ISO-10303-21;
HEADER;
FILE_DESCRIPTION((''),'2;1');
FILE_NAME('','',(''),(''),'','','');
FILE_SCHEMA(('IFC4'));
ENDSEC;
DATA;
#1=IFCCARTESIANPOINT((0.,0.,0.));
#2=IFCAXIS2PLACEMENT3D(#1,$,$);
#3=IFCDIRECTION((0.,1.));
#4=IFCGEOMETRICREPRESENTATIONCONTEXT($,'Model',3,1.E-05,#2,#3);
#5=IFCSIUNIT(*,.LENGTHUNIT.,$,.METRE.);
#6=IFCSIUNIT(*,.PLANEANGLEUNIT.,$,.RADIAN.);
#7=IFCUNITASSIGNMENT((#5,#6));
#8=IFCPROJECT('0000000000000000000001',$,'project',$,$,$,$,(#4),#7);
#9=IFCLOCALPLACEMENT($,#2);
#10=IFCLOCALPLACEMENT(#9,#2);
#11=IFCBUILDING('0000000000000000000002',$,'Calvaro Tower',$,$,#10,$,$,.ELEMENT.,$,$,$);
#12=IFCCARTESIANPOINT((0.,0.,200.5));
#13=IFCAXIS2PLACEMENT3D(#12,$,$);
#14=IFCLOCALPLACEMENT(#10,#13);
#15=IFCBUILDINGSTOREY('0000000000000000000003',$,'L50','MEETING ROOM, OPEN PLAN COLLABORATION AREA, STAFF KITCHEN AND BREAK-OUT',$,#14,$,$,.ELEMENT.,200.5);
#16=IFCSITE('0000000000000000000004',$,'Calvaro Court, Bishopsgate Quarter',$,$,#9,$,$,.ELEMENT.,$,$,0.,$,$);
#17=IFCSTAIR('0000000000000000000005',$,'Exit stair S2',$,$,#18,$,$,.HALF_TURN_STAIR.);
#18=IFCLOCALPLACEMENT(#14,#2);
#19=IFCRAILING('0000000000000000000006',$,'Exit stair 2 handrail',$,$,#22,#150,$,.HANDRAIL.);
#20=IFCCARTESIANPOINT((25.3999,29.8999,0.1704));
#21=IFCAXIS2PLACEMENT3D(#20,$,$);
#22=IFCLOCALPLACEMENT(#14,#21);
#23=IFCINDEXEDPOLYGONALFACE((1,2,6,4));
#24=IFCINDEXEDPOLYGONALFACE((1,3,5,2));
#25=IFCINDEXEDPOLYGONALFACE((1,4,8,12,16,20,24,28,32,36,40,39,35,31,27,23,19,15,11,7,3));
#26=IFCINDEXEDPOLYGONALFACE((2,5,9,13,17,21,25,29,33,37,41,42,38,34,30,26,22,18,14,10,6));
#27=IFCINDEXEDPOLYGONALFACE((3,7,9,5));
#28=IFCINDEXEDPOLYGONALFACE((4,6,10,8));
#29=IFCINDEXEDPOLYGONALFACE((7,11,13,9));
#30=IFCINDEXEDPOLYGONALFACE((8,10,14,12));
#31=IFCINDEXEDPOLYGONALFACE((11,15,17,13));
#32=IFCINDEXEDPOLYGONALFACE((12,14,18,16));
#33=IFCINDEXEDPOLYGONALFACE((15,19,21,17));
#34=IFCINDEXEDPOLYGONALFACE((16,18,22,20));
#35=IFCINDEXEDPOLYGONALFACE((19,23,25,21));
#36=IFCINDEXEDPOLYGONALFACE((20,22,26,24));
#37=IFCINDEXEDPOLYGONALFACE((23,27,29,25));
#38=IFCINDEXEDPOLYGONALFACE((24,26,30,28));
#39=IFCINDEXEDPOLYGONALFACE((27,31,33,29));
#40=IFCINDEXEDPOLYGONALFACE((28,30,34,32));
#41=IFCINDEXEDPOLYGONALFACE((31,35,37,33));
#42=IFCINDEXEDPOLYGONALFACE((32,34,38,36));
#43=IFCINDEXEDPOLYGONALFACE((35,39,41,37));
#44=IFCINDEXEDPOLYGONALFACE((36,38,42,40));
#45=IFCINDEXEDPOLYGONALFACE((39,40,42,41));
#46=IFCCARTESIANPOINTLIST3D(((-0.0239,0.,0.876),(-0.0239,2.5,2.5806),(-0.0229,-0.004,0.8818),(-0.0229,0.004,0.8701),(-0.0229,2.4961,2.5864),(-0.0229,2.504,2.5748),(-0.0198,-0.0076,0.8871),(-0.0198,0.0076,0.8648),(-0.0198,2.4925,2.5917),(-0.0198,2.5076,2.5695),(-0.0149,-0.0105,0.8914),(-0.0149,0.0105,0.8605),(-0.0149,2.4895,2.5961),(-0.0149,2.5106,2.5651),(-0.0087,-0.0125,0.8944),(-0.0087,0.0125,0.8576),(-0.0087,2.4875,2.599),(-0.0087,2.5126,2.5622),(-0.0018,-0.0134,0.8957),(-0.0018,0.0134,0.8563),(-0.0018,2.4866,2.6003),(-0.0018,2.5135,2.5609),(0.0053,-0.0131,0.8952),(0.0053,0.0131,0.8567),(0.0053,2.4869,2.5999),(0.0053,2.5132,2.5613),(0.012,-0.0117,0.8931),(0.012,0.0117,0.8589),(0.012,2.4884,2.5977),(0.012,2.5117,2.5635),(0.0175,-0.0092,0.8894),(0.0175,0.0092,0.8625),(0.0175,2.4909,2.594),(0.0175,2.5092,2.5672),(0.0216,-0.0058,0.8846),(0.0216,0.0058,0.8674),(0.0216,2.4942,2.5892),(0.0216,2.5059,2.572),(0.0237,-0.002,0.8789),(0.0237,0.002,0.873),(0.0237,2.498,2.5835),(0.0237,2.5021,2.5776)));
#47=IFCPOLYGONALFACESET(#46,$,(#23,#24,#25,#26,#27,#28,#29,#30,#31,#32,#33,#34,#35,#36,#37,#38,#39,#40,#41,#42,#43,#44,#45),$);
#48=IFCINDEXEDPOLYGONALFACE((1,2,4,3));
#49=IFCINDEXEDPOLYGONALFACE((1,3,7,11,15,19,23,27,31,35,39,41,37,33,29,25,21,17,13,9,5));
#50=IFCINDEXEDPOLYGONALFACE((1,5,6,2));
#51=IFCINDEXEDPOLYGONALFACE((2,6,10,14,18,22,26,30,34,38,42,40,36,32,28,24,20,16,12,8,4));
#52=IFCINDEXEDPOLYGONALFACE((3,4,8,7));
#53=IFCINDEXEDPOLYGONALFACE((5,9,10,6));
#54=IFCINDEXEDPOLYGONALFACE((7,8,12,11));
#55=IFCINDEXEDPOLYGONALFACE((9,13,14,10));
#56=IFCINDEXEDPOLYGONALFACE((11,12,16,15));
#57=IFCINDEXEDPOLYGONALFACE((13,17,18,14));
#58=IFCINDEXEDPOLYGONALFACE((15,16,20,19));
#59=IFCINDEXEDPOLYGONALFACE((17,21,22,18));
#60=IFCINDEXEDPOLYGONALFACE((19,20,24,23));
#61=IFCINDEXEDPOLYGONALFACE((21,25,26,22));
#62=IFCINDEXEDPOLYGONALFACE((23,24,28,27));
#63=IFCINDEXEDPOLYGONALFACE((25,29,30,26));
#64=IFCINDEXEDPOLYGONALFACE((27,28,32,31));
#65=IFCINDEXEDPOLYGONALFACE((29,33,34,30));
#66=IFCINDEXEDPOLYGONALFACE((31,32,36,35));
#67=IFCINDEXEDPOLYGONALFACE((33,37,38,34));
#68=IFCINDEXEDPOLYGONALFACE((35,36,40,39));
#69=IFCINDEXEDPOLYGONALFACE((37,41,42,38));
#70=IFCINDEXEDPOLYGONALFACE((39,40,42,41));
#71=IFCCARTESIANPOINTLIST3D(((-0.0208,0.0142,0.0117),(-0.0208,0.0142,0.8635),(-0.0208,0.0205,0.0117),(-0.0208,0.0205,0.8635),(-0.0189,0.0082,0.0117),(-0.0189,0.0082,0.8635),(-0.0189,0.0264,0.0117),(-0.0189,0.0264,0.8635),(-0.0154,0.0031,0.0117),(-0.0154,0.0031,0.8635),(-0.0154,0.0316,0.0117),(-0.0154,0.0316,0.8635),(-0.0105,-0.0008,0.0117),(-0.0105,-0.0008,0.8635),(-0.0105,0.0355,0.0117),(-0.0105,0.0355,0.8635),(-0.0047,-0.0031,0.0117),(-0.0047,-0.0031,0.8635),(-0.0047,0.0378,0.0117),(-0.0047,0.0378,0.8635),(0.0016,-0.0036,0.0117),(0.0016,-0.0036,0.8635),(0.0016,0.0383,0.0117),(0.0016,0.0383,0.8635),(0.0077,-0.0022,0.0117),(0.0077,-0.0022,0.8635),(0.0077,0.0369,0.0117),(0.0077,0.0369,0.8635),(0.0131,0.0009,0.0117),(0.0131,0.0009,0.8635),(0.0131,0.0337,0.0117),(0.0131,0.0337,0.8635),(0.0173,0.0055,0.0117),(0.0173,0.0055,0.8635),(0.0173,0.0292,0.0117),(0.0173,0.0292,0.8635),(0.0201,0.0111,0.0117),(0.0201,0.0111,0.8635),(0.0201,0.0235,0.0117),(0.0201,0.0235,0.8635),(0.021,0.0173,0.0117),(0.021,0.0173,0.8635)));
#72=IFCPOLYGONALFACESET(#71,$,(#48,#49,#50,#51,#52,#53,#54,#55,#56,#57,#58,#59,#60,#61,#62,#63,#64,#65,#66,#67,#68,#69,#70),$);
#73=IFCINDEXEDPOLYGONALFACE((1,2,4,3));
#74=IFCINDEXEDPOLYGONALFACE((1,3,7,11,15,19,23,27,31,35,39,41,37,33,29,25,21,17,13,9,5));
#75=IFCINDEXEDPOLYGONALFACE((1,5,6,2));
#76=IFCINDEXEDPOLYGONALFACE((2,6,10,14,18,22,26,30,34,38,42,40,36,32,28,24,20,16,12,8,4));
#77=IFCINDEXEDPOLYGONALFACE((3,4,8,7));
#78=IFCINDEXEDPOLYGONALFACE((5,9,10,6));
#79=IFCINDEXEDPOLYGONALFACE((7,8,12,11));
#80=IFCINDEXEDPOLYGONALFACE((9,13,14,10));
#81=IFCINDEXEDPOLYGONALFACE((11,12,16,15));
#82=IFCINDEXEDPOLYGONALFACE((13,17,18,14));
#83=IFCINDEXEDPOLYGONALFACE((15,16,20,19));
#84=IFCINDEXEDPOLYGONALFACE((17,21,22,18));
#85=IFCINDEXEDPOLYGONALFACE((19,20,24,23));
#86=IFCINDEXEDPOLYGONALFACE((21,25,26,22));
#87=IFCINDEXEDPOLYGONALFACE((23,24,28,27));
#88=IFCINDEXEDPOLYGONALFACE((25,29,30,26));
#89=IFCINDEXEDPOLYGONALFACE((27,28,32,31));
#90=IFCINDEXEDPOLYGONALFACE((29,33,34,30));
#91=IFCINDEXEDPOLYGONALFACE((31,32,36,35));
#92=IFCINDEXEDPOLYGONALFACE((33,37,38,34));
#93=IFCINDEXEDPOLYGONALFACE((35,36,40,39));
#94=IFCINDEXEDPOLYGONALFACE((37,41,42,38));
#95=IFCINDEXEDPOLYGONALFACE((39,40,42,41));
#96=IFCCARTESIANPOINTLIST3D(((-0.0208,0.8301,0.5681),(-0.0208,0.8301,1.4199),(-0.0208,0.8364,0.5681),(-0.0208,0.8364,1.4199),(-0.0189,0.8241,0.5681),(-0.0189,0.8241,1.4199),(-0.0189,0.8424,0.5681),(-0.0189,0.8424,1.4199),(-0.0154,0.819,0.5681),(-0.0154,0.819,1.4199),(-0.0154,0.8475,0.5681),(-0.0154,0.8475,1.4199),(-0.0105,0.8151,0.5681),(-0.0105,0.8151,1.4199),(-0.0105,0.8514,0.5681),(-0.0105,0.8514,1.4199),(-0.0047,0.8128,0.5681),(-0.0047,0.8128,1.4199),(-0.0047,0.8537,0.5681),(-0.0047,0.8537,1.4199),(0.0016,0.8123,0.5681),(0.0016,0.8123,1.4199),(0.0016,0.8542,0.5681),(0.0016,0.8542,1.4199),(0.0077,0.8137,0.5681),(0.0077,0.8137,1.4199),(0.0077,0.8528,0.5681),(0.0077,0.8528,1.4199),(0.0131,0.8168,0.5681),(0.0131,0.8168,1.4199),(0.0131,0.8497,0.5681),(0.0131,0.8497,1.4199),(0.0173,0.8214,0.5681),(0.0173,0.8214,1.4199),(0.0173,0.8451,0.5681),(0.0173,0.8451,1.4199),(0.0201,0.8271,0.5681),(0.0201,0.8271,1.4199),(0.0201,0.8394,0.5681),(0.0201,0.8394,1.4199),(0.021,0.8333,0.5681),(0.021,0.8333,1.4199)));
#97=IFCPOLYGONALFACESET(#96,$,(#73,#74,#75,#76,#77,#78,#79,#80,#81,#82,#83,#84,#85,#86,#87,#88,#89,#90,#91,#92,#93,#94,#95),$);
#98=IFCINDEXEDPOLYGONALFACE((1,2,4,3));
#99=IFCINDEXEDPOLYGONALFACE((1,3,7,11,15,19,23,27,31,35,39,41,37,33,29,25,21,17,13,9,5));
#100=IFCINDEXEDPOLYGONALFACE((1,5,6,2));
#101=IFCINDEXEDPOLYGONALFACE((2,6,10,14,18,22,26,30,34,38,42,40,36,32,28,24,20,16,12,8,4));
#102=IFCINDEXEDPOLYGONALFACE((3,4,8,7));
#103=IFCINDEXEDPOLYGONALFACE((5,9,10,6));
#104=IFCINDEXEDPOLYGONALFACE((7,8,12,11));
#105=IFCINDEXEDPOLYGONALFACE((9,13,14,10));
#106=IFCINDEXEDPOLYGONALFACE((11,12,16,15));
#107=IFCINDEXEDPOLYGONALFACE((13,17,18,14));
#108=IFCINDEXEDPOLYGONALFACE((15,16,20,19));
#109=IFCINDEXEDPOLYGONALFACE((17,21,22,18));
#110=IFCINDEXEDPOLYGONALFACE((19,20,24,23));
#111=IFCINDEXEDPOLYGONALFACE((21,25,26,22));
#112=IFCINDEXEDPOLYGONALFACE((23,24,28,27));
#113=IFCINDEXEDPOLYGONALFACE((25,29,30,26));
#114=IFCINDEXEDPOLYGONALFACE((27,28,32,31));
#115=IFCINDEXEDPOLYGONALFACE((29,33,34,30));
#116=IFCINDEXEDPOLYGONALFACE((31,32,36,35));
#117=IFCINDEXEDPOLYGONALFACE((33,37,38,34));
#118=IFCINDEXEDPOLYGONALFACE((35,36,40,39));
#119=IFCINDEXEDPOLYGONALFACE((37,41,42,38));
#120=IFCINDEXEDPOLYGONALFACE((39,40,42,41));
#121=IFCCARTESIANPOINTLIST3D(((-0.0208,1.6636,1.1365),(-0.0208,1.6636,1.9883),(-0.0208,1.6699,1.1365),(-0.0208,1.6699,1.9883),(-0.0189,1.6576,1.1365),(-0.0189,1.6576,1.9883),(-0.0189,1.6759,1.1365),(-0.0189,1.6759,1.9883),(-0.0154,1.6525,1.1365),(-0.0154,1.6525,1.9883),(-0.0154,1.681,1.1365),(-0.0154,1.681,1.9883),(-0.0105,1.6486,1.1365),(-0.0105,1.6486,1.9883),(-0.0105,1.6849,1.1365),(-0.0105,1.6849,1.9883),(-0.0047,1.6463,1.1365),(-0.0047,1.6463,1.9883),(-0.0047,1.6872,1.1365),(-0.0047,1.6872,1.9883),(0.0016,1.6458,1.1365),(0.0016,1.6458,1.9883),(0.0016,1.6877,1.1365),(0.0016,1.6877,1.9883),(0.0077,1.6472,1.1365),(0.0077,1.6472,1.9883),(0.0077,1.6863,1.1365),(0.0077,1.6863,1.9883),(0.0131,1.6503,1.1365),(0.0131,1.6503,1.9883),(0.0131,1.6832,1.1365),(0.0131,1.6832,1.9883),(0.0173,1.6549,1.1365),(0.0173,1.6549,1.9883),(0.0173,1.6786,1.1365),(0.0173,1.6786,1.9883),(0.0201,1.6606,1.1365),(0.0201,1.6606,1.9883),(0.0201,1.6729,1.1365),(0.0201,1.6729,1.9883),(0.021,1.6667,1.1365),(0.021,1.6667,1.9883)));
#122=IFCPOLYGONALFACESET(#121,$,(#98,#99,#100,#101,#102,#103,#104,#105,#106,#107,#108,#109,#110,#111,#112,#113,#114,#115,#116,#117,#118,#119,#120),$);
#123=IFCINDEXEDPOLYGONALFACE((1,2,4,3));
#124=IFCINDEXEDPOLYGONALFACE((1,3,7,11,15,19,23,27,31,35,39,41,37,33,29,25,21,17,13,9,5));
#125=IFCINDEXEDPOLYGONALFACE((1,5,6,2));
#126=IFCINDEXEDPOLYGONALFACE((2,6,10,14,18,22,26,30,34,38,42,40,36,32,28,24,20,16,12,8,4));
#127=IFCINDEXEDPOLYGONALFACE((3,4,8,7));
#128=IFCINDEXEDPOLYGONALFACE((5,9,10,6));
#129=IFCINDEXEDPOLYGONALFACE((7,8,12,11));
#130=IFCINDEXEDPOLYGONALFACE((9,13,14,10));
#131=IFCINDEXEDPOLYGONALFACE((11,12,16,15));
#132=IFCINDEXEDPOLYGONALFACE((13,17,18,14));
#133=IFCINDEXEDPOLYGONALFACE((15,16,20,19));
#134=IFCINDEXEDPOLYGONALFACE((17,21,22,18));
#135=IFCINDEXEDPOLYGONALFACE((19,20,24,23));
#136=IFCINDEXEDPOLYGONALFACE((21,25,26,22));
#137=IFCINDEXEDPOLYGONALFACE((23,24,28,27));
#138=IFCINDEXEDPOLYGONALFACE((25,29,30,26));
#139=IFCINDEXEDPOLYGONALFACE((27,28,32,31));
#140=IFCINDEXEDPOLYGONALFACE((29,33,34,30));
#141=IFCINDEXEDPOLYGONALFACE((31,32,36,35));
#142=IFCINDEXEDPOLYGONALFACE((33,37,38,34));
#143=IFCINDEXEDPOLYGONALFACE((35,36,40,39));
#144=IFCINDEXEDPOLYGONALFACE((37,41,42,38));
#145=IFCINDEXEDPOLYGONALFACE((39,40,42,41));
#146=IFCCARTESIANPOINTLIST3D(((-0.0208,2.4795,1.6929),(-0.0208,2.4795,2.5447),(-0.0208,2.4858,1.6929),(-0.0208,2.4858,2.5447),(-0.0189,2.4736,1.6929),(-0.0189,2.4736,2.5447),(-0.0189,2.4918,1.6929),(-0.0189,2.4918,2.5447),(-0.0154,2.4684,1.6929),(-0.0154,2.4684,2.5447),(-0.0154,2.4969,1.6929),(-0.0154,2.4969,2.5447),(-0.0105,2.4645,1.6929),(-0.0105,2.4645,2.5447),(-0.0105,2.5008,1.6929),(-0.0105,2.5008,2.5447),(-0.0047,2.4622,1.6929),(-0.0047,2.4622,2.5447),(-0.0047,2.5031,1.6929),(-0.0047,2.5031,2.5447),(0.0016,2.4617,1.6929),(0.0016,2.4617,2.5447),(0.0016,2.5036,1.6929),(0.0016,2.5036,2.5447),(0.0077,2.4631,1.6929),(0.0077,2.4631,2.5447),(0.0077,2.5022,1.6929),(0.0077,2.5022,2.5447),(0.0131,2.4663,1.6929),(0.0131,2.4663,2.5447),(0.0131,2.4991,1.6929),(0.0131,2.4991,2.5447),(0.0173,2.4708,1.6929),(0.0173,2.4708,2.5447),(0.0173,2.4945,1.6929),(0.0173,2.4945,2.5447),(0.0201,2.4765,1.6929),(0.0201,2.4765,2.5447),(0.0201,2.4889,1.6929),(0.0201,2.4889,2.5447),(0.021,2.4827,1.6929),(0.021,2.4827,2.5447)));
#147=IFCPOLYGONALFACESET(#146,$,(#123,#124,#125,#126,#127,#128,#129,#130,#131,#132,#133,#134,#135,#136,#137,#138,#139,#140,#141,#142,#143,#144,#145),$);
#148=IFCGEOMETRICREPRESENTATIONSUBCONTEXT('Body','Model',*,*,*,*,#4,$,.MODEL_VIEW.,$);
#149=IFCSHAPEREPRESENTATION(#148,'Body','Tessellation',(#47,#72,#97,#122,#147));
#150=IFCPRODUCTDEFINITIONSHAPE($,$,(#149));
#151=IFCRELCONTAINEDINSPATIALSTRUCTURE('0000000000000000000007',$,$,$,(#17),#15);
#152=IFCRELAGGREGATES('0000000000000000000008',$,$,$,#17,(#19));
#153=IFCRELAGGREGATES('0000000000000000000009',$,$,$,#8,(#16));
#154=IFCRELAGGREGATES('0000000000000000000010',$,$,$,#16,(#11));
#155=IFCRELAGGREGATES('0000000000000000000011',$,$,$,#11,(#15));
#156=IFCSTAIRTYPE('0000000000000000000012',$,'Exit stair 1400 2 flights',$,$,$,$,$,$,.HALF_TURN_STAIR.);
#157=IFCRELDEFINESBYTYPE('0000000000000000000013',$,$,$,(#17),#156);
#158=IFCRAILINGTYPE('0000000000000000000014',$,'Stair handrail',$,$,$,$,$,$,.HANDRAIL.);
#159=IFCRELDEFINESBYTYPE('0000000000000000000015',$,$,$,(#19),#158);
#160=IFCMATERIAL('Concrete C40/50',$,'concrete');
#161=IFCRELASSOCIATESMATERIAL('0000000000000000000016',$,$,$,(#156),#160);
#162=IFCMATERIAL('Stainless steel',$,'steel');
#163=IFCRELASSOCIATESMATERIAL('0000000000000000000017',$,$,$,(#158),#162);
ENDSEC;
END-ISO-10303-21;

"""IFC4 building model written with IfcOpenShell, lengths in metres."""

from ifc_helpers import new_model, si_unit, direction, frame, origin, origin_2d, place, context, subcontext, project, spatial, circle, extrude, material, type_object, element, aggregate, save


model = new_model("IFC4")

# Units and contexts
model_context = context("Model", 3, precision=1e-05, world=origin(), true_north=direction((0.0, 1.0)))
body_context = subcontext(model_context, "Body", "Model", "MODEL_VIEW")
ifc_project = project(units=[si_unit("LENGTHUNIT", "METRE"), si_unit("PLANEANGLEUNIT", "RADIAN")], contexts=[model_context])

# Site, building, storey
site_placement = place(None, origin())
site = spatial("IfcSite", under=ifc_project, at=site_placement, Name="Calvaro Court, Bishopsgate Quarter", CompositionType="ELEMENT", RefElevation=0.0)
building_placement = place(site_placement, origin())
building = spatial("IfcBuilding", under=site, at=building_placement, Name="Calvaro Tower", CompositionType="ELEMENT")
storey_placement = place(building_placement, frame((0.0, 0.0, 200.5)))
storey = spatial("IfcBuildingStorey", under=building, at=storey_placement, Name="L50", Description="MEETING ROOM, OPEN PLAN COLLABORATION AREA, STAFF KITCHEN AND BREAK-OUT", CompositionType="ELEMENT", Elevation=200.5)

# Stair, railing
ifc_material_1 = material(Name="Concrete C40/50", Category="concrete")
stair_type = type_object("IfcStairType", Name="Exit stair 1400 2 flights", PredefinedType="HALF_TURN_STAIR", material=ifc_material_1)
stair_placement = place(storey_placement, origin())
stair = element("IfcStair", 1, at=stair_placement, inside=storey, type_object=stair_type, Name="Exit stair S2", PredefinedType="HALF_TURN_STAIR")
ifc_material_2 = material(Name="Stainless steel", Category="steel")
railing_type = type_object("IfcRailingType", Name="Stair handrail", PredefinedType="HANDRAIL", material=ifc_material_2)
railing_1_placement = place(storey_placement, frame((25.3999, 29.8999, 0.1704)))
railing_1 = element("IfcRailing", 2, at=railing_1_placement, type_object=railing_type, Name="Exit stair 2 handrail", PredefinedType="HANDRAIL", context=body_context, shape_type="SweptSolid", body=[
    extrude(circle(Radius=0.0239, at=origin_2d()), frame((0.0, 0.0, 0.876), z_axis=(0.0, 0.826221, 0.563347), x_axis=(-1.0, 0.0, 0.0)), (0.0, 0.0, 1.0), 3.0259),
    extrude(circle(Radius=0.021, at=origin_2d()), frame((0.0, 0.0173, 0.0117)), (0.0, 0.0, 1.0), 0.8518),
    extrude(circle(Radius=0.021, at=origin_2d()), frame((0.0, 0.8333, 0.5681)), (0.0, 0.0, 1.0), 0.8518),
    extrude(circle(Radius=0.021, at=origin_2d()), frame((0.0, 1.6667, 1.1365)), (0.0, 0.0, 1.0), 0.8518),
    extrude(circle(Radius=0.021, at=origin_2d()), frame((0.0, 2.4827, 1.6929)), (0.0, 0.0, 1.0), 0.8518),
])
aggregate(stair, [railing_1])

save(model, "model.ifc")
